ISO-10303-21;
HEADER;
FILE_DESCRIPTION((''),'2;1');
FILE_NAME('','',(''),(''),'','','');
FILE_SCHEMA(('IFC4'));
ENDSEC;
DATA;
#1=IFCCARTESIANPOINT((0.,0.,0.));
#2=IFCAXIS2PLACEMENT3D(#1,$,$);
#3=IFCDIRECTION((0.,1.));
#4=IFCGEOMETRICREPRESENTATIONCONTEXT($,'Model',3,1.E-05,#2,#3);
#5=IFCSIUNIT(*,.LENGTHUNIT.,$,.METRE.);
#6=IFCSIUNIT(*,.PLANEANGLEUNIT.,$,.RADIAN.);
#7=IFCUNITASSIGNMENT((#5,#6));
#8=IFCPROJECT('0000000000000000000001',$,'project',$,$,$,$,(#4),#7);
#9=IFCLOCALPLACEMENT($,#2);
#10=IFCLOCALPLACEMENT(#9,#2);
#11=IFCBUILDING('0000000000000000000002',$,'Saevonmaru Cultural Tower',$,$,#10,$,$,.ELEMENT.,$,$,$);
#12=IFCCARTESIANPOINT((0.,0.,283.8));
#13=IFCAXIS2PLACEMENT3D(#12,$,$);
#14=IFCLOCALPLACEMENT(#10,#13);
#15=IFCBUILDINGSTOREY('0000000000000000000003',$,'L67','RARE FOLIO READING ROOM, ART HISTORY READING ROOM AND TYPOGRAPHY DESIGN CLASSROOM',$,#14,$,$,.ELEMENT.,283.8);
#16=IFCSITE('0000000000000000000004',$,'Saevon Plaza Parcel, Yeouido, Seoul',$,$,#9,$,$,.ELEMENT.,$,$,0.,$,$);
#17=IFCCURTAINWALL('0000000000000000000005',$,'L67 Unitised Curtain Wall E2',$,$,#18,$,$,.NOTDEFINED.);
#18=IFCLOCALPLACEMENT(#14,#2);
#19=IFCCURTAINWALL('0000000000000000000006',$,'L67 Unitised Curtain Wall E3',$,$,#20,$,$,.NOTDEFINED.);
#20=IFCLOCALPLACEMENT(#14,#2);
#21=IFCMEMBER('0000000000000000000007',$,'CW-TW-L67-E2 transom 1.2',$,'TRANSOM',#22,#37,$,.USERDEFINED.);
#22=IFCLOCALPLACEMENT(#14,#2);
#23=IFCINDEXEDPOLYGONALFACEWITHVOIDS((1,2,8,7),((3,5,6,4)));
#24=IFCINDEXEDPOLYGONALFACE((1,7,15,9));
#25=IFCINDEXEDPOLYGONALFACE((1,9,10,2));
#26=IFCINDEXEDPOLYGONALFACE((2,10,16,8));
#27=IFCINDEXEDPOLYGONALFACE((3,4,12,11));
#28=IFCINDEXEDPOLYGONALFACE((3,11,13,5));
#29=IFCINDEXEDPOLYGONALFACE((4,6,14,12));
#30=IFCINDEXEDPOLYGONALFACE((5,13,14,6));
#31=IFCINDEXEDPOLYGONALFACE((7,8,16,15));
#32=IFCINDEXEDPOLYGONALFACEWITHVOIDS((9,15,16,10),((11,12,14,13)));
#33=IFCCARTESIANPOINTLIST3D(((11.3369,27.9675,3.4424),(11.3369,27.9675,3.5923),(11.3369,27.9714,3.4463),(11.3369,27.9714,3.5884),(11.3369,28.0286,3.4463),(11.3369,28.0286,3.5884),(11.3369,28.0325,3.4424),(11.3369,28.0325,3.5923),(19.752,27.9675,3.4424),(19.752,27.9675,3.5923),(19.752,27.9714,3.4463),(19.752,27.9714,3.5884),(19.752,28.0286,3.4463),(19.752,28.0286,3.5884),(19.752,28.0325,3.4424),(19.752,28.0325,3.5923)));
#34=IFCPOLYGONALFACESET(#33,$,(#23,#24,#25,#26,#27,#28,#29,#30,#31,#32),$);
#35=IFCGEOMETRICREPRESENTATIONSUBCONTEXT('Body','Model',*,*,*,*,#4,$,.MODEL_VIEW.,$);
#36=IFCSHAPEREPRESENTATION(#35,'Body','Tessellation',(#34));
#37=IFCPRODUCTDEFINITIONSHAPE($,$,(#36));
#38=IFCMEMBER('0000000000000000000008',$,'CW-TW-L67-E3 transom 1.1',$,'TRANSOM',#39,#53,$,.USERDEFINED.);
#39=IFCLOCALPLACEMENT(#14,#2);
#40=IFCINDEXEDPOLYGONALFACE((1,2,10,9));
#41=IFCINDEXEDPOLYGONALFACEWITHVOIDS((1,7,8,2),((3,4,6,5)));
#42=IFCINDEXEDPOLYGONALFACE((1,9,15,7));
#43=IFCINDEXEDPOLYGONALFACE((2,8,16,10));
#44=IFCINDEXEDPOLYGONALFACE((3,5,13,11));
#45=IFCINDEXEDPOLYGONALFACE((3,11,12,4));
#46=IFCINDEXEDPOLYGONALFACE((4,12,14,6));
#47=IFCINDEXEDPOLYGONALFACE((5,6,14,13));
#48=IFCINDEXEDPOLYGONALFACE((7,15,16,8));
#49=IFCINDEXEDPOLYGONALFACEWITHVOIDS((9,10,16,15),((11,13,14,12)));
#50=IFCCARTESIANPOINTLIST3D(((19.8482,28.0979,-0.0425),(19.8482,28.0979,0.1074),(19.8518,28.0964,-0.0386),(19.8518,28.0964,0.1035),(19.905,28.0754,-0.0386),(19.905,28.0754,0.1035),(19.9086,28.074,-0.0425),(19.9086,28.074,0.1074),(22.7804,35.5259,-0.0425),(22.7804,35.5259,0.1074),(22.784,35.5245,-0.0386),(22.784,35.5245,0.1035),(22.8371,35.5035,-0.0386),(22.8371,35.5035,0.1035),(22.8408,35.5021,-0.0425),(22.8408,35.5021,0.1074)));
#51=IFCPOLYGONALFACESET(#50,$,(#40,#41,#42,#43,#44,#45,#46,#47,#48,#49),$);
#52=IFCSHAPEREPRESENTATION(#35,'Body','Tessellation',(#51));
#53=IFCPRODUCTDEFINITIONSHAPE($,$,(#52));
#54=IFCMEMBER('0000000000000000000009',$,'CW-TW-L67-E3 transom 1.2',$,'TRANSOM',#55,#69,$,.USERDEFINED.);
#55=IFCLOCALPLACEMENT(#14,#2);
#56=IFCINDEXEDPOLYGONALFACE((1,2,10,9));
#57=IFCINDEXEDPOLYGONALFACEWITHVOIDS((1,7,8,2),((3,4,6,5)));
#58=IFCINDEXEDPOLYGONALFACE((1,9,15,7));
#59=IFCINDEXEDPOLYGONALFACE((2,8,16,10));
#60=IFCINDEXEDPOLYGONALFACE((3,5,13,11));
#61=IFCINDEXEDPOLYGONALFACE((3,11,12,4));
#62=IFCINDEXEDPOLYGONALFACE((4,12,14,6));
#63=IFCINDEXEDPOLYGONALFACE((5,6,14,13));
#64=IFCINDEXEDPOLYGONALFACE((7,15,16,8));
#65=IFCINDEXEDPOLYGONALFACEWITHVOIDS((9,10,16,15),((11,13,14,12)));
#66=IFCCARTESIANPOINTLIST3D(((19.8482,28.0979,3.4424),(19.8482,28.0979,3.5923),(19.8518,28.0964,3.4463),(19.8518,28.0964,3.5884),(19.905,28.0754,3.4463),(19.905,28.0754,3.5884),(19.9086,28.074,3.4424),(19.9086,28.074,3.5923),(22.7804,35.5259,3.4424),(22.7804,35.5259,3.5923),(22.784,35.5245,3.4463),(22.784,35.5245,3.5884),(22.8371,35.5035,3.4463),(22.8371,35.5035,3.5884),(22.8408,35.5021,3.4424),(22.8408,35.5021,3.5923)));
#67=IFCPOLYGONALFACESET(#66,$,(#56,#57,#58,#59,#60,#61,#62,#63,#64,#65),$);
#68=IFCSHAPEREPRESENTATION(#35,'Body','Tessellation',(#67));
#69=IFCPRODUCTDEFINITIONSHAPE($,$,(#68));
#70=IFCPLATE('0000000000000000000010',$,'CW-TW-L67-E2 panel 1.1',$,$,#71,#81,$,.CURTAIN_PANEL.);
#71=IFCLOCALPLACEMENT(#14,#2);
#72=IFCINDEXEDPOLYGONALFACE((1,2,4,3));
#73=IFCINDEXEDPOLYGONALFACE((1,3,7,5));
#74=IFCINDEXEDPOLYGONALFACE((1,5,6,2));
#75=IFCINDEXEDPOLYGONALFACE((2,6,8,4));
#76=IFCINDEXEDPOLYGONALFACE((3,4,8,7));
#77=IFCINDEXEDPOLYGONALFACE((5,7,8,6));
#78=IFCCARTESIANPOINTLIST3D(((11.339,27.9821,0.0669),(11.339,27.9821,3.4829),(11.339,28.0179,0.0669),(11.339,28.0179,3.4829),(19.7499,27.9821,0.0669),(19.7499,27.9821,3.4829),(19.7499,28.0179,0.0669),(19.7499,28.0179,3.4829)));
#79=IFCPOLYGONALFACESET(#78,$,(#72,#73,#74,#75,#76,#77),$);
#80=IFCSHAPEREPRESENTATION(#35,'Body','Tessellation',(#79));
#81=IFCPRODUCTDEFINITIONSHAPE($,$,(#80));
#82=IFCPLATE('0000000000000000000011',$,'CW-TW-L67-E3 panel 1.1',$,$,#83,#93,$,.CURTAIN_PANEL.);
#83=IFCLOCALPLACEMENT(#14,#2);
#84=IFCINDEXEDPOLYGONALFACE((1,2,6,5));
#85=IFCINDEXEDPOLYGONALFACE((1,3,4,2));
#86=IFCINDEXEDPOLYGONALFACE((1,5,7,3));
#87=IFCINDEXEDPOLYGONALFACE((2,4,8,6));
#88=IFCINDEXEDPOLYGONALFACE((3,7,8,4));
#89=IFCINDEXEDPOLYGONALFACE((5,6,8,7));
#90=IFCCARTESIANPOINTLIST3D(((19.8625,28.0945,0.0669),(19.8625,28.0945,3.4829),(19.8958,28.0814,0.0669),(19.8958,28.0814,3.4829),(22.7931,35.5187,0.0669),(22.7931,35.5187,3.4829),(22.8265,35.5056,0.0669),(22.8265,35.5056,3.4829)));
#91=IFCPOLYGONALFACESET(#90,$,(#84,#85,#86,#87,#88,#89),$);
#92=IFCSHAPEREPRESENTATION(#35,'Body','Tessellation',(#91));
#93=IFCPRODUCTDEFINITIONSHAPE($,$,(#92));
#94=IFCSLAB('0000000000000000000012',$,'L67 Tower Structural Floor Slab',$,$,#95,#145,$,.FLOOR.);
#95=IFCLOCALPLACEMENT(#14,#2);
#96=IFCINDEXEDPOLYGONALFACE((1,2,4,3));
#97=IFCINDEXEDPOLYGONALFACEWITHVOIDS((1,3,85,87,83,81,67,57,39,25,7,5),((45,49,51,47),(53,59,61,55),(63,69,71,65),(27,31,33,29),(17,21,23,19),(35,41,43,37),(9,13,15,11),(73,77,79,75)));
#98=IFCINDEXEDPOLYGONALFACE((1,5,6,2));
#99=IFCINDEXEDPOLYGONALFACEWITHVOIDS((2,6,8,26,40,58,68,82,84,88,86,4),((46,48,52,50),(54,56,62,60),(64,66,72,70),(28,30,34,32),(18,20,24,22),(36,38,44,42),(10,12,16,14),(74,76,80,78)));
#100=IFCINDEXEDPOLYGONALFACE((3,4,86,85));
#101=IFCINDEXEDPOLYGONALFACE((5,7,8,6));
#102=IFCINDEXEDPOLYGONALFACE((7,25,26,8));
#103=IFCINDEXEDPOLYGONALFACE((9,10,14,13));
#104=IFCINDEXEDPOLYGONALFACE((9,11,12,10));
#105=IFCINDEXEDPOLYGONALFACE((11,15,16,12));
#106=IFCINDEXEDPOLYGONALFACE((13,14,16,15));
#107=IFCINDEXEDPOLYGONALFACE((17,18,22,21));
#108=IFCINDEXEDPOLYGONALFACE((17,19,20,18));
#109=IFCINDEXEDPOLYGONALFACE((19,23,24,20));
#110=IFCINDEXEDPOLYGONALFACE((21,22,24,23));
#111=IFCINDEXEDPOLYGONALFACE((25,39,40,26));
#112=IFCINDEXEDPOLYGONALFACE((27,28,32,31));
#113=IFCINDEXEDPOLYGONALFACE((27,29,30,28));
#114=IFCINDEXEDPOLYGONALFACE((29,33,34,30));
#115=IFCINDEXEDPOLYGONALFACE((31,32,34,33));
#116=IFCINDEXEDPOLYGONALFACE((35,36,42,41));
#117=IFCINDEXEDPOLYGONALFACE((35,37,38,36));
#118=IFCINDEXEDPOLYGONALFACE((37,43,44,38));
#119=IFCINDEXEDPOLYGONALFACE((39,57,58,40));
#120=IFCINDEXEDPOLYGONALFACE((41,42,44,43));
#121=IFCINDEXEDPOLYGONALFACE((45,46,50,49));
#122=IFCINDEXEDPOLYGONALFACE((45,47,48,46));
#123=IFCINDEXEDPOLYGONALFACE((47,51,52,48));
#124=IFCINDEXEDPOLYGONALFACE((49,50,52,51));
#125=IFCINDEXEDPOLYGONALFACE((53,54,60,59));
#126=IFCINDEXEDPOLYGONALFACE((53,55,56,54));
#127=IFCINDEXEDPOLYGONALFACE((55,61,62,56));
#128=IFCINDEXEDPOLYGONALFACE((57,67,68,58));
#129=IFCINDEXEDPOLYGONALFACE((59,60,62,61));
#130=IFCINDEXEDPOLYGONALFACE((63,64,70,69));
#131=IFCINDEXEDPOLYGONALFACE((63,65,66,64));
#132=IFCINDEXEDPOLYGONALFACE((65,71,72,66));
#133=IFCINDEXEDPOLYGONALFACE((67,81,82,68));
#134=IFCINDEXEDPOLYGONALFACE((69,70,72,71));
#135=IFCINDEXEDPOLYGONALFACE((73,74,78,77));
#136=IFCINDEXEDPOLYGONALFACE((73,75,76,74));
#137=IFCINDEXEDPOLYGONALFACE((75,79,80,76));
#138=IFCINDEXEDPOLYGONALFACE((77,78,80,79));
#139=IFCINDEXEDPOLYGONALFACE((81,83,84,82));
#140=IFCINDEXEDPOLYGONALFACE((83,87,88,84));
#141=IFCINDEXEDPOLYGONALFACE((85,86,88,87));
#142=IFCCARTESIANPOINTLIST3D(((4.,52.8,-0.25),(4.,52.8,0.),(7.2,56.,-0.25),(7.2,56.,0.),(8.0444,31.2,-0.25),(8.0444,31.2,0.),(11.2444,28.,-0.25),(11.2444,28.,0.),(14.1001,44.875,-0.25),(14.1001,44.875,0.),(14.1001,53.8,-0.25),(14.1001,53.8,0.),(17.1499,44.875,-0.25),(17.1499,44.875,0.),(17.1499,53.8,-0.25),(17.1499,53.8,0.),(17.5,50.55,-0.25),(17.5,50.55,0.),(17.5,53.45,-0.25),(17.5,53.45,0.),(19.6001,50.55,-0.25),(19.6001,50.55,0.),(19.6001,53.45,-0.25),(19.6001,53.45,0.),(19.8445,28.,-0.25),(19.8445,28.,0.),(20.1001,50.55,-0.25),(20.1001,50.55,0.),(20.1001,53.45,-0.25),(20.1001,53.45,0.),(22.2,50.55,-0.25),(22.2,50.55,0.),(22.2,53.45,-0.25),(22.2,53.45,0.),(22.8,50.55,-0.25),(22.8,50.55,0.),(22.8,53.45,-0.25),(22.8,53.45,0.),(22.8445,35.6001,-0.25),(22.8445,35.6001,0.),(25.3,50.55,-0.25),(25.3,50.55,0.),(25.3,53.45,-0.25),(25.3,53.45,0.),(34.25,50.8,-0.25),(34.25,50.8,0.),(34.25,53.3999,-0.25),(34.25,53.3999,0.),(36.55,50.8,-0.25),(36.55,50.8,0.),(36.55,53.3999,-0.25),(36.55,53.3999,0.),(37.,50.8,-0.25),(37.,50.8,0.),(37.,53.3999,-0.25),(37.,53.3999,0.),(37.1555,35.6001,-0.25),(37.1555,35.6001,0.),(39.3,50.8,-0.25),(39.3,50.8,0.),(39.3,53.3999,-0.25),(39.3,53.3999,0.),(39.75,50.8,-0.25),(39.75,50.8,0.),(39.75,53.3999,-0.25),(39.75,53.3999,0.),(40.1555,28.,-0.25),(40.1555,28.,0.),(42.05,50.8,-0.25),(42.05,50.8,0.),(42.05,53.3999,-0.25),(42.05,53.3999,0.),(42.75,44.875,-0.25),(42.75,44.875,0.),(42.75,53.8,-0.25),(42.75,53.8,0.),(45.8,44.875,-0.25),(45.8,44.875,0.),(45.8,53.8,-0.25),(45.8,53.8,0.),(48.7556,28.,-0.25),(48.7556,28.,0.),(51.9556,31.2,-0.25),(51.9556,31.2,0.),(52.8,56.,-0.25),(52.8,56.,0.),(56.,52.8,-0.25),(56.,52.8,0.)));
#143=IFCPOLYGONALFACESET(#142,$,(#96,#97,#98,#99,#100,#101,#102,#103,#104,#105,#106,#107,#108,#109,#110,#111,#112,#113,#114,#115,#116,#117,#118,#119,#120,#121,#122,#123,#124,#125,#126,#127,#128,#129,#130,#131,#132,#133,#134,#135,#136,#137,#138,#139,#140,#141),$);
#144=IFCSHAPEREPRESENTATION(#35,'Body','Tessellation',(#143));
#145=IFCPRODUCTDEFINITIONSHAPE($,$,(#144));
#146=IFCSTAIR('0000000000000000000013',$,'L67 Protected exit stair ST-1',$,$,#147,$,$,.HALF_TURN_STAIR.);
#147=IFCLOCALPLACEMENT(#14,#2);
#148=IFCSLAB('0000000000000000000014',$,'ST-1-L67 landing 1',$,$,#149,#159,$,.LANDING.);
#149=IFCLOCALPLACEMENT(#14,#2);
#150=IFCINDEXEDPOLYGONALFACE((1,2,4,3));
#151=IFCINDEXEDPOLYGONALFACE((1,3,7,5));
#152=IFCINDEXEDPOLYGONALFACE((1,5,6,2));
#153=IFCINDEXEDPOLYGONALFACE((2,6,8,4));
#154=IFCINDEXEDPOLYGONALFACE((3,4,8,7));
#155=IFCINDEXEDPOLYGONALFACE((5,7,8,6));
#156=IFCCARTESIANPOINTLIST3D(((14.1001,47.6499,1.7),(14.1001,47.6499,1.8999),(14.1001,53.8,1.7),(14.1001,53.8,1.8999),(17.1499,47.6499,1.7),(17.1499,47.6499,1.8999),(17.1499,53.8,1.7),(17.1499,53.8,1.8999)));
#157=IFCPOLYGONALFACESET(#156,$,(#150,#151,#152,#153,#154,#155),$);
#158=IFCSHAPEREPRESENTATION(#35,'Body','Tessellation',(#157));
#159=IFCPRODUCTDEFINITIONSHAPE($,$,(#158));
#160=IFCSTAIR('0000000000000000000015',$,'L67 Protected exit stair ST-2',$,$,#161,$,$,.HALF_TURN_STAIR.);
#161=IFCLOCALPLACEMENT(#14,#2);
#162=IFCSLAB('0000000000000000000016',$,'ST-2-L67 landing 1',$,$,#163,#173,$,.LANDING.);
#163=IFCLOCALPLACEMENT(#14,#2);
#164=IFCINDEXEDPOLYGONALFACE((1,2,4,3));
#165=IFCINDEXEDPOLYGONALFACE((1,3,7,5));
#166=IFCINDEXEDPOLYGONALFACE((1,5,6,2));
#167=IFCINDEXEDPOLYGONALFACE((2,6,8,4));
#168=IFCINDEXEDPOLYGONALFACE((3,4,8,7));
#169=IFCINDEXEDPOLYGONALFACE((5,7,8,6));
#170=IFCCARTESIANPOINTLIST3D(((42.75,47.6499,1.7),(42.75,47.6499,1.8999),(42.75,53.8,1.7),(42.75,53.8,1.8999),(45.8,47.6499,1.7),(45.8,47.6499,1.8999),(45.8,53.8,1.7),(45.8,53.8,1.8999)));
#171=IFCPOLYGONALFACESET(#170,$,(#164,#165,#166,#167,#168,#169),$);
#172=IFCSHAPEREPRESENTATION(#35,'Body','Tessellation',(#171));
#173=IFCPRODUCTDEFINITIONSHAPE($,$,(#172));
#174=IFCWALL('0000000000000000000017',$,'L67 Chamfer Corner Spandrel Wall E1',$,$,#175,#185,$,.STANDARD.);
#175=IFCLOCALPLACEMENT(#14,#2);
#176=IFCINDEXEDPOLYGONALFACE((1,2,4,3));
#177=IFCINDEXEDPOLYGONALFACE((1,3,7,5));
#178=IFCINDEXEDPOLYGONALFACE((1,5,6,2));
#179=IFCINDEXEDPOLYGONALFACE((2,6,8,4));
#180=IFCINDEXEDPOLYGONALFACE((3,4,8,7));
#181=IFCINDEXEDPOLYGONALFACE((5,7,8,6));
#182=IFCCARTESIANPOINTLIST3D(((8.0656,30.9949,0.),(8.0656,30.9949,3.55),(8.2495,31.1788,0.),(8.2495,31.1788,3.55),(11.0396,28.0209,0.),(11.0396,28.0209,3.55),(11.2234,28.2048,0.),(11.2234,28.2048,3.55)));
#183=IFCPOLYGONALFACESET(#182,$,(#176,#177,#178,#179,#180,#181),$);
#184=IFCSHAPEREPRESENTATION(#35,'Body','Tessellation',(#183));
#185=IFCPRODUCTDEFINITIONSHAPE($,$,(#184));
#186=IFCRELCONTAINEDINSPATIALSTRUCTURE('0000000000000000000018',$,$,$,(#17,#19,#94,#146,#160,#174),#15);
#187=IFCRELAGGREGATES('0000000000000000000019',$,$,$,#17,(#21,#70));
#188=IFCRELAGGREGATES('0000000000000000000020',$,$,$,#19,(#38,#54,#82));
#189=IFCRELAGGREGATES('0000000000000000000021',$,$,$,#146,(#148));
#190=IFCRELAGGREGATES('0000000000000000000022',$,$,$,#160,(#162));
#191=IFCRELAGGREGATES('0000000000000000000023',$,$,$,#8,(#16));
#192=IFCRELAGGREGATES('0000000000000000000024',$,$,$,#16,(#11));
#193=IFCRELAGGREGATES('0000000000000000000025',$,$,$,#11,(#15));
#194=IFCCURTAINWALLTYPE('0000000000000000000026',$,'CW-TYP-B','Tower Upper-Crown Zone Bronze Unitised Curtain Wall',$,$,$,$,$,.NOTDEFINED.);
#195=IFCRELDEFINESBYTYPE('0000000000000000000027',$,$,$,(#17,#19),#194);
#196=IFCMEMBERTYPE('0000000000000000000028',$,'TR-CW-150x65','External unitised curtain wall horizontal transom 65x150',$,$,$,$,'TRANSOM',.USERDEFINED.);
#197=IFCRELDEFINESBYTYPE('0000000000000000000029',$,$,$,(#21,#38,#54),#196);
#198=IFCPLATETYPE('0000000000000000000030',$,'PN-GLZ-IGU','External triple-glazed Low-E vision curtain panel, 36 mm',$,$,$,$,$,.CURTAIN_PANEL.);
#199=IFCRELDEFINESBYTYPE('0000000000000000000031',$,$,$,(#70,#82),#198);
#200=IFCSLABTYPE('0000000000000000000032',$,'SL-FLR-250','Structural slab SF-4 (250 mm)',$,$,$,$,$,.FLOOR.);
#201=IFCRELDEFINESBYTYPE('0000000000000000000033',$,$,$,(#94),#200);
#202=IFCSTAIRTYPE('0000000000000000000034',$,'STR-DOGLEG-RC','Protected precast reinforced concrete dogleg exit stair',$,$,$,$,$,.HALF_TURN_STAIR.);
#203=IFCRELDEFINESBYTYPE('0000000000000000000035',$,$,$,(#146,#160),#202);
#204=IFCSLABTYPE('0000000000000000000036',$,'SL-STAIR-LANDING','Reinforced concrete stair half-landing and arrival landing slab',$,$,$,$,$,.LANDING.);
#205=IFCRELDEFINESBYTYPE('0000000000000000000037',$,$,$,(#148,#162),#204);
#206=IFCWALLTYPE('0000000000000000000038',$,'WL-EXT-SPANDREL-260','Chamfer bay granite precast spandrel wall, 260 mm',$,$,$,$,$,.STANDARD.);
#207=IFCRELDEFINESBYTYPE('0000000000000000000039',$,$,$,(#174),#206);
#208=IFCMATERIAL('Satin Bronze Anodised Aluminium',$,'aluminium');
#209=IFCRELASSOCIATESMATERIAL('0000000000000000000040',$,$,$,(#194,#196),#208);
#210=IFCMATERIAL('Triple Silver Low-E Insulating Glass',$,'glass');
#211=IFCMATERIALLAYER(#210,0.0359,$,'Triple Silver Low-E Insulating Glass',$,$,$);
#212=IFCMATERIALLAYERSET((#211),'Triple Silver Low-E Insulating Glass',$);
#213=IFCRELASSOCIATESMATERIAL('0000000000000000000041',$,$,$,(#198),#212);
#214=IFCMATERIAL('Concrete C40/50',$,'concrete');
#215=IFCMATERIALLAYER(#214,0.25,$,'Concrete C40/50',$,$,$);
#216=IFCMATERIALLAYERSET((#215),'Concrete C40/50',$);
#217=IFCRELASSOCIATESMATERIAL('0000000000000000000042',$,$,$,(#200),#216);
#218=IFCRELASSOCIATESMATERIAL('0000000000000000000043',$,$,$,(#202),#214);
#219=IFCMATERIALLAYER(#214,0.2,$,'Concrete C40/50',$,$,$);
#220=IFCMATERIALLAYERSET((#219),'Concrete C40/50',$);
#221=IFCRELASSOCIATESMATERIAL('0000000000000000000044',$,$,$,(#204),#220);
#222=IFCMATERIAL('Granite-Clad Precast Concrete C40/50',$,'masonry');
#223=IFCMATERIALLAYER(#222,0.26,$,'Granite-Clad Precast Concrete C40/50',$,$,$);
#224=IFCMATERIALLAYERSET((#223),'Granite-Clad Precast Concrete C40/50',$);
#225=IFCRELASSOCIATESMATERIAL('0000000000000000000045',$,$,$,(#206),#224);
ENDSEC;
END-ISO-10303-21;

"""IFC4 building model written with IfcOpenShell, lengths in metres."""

from ifc_helpers import new_model, si_unit, direction, frame, frame_2d, origin, origin_2d, place, context, subcontext, project, spatial, polyline, rectangle, hollow_rectangle, outline, extrude, material, layer, layer_set, material_profile, profile_set, type_object, element, aggregate, save


model = new_model("IFC4")

# Units and contexts
model_context = context("Model", 3, precision=1e-05, world=origin(), true_north=direction((0.0, 1.0)))
body_context = subcontext(model_context, "Body", "Model", "MODEL_VIEW")
ifc_project = project(units=[si_unit("LENGTHUNIT", "METRE"), si_unit("PLANEANGLEUNIT", "RADIAN")], contexts=[model_context])

# Site, building, storey
site_placement = place(None, origin())
site = spatial("IfcSite", under=ifc_project, at=site_placement, Name="Saevon Plaza Parcel, Yeouido, Seoul", CompositionType="ELEMENT", RefElevation=0.0)
building_placement = place(site_placement, origin())
building = spatial("IfcBuilding", under=site, at=building_placement, Name="Saevonmaru Cultural Tower", CompositionType="ELEMENT")
storey_placement = place(building_placement, frame((0.0, 0.0, 283.8)))
storey = spatial("IfcBuildingStorey", under=building, at=storey_placement, Name="L67", Description="RARE FOLIO READING ROOM, ART HISTORY READING ROOM AND TYPOGRAPHY DESIGN CLASSROOM", CompositionType="ELEMENT", Elevation=283.8)

# Curtain wall
ifc_material_1 = material(Name="Satin Bronze Anodised Aluminium", Category="aluminium")
curtain_wall_type = type_object("IfcCurtainWallType", Name="CW-TYP-B", Description="Tower Upper-Crown Zone Bronze Unitised Curtain Wall", PredefinedType="NOTDEFINED", material=ifc_material_1)
curtain_wall_1_placement = place(storey_placement, origin())
curtain_wall_1 = element("IfcCurtainWall", 1, at=curtain_wall_1_placement, inside=storey, type_object=curtain_wall_type, Name="L67 Unitised Curtain Wall E2", PredefinedType="NOTDEFINED")

# Curtain wall
curtain_wall_2_placement = place(storey_placement, origin())
curtain_wall_2 = element("IfcCurtainWall", 2, at=curtain_wall_2_placement, inside=storey, type_object=curtain_wall_type, Name="L67 Unitised Curtain Wall E3", PredefinedType="NOTDEFINED")

# Members
ifc_material_profile_1 = material_profile(ifc_material_1, hollow_rectangle(XDim=0.0649, YDim=0.1499, WallThickness=0.0039, at=origin_2d()), Name="ALU-TRAN-150x65x4")
ifc_profile_set_1 = profile_set([ifc_material_profile_1], Name="Satin Bronze Anodised Aluminium")
member_type_1 = type_object("IfcMemberType", Name="TR-CW-150x65", Description="External unitised curtain wall horizontal transom 65x150", ElementType="TRANSOM", PredefinedType="USERDEFINED", material=ifc_profile_set_1)
member_1_placement = place(storey_placement, frame((11.3369, 28.0, 3.5173), z_axis=(1.0, 0.0, 0.0), x_axis=(0.0, 1.0, 0.0)))
member_1 = element("IfcMember", 3, at=member_1_placement, type_object=member_type_1, Name="CW-TW-L67-E2 transom 1.2", ObjectType="TRANSOM", PredefinedType="USERDEFINED", context=body_context, shape_type="SweptSolid", body=[
    extrude(hollow_rectangle(XDim=0.0649, YDim=0.1499, WallThickness=0.0039, at=origin_2d()), origin(), (0.0, 0.0, 1.0), 8.415),
])
member_2_placement = place(storey_placement, frame((19.8784, 28.0859, 0.0325), z_axis=(0.36717, 0.930154, 0.0), x_axis=(-0.930154, 0.36717, 0.0)))
member_2 = element("IfcMember", 4, at=member_2_placement, type_object=member_type_1, Name="CW-TW-L67-E3 transom 1.1", ObjectType="TRANSOM", PredefinedType="USERDEFINED", context=body_context, shape_type="SweptSolid", body=[
    extrude(hollow_rectangle(XDim=0.0649, YDim=0.1499, WallThickness=0.0039, at=origin_2d()), origin(), (0.0, 0.0, 1.0), 7.9858),
])
member_3_placement = place(storey_placement, frame((19.8784, 28.0859, 3.5173), z_axis=(0.36717, 0.930154, 0.0), x_axis=(-0.930154, 0.36717, 0.0)))
member_3 = element("IfcMember", 5, at=member_3_placement, type_object=member_type_1, Name="CW-TW-L67-E3 transom 1.2", ObjectType="TRANSOM", PredefinedType="USERDEFINED", context=body_context, shape_type="SweptSolid", body=[
    extrude(hollow_rectangle(XDim=0.0649, YDim=0.1499, WallThickness=0.0039, at=origin_2d()), origin(), (0.0, 0.0, 1.0), 7.9858),
])

# Plates
ifc_material_2 = material(Name="Triple Silver Low-E Insulating Glass", Category="glass")
ifc_layer_1 = layer(ifc_material_2, 0.0359, Name="Triple Silver Low-E Insulating Glass")
ifc_layer_set_1 = layer_set([ifc_layer_1], Name="Triple Silver Low-E Insulating Glass")
plate_type = type_object("IfcPlateType", Name="PN-GLZ-IGU", Description="External triple-glazed Low-E vision curtain panel, 36 mm", PredefinedType="CURTAIN_PANEL", material=ifc_layer_set_1)
plate_1_placement = place(storey_placement, frame((15.5444, 28.0, 0.0669), z_axis=(0.0, 0.0, 1.0), x_axis=(1.0, 0.0, 0.0)))
plate_1 = element("IfcPlate", 6, at=plate_1_placement, type_object=plate_type, Name="CW-TW-L67-E2 panel 1.1", PredefinedType="CURTAIN_PANEL", context=body_context, shape_type="SweptSolid", body=[
    extrude(rectangle(XDim=8.4109, YDim=0.0359, at=origin_2d()), origin(), (0.0, 0.0, 1.0), 3.416),
])
aggregate(curtain_wall_1, [member_1, plate_1])
plate_2_placement = place(storey_placement, frame((21.3445, 31.8, 0.0669), z_axis=(0.0, 0.0, 1.0), x_axis=(0.367172, 0.930153, 0.0)))
plate_2 = element("IfcPlate", 7, at=plate_2_placement, type_object=plate_type, Name="CW-TW-L67-E3 panel 1.1", PredefinedType="CURTAIN_PANEL", context=body_context, shape_type="SweptSolid", body=[
    extrude(rectangle(XDim=7.9817, YDim=0.0359, at=origin_2d()), origin(), (0.0, 0.0, 1.0), 3.416),
])
aggregate(curtain_wall_2, [member_2, member_3, plate_2])

# Slab
ifc_material_3 = material(Name="Concrete C40/50", Category="concrete")
ifc_layer_2 = layer(ifc_material_3, 0.25, Name="Concrete C40/50")
ifc_layer_set_2 = layer_set([ifc_layer_2], Name="Concrete C40/50")
slab_type_1 = type_object("IfcSlabType", Name="SL-FLR-250", Description="Structural slab SF-4 (250 mm)", PredefinedType="FLOOR", material=ifc_layer_set_2)
slab_1_placement = place(storey_placement, frame((0.0, 0.0, -0.25)))
element("IfcSlab", 8, at=slab_1_placement, inside=storey, type_object=slab_type_1, Name="L67 Tower Structural Floor Slab", PredefinedType="FLOOR", context=body_context, shape_type="SweptSolid", body=[
    extrude(outline(polyline([(8.0444, 31.2), (11.2444, 28.0), (19.8445, 28.0), (22.8445, 35.6001), (37.1555, 35.6001), (40.1555, 28.0), (48.7556, 28.0), (51.9556, 31.2), (56.0, 52.8), (52.8, 56.0), (7.2, 56.0), (4.0, 52.8), (8.0444, 31.2)]), holes=[polyline([(45.8, 53.8), (45.8, 44.875), (42.75, 44.875), (42.75, 53.8), (45.8, 53.8)]), polyline([(42.05, 50.8), (39.75, 50.8), (39.75, 53.3999), (42.05, 53.3999), (42.05, 50.8)]), polyline([(39.3, 50.8), (37.0, 50.8), (37.0, 53.3999), (39.3, 53.3999), (39.3, 50.8)]), polyline([(36.55, 50.8), (34.25, 50.8), (34.25, 53.3999), (36.55, 53.3999), (36.55, 50.8)]), polyline([(25.3, 50.55), (22.8, 50.55), (22.8, 53.45), (25.3, 53.45), (25.3, 50.55)]), polyline([(22.2, 50.55), (20.1001, 50.55), (20.1001, 53.45), (22.2, 53.45), (22.2, 50.55)]), polyline([(19.6001, 50.55), (17.5, 50.55), (17.5, 53.45), (19.6001, 53.45), (19.6001, 50.55)]), polyline([(17.1499, 53.8), (17.1499, 44.875), (14.1001, 44.875), (14.1001, 53.8), (17.1499, 53.8)])]), origin(), (0.0, 0.0, 1.0), 0.25),
])

# Stairs, slabs
stair_type = type_object("IfcStairType", Name="STR-DOGLEG-RC", Description="Protected precast reinforced concrete dogleg exit stair", PredefinedType="HALF_TURN_STAIR", material=ifc_material_3)
stair_1_placement = place(storey_placement, origin())
stair_1 = element("IfcStair", 9, at=stair_1_placement, inside=storey, type_object=stair_type, Name="L67 Protected exit stair ST-1", PredefinedType="HALF_TURN_STAIR")
ifc_layer_3 = layer(ifc_material_3, 0.2, Name="Concrete C40/50")
ifc_layer_set_3 = layer_set([ifc_layer_3], Name="Concrete C40/50")
slab_type_2 = type_object("IfcSlabType", Name="SL-STAIR-LANDING", Description="Reinforced concrete stair half-landing and arrival landing slab", PredefinedType="LANDING", material=ifc_layer_set_3)
slab_2_placement = place(storey_placement, frame((0.0, 0.0, 1.7)))
slab_2 = element("IfcSlab", 10, at=slab_2_placement, type_object=slab_type_2, Name="ST-1-L67 landing 1", PredefinedType="LANDING", context=body_context, shape_type="SweptSolid", body=[
    extrude(outline(polyline([(17.1499, 47.6499), (17.1499, 53.8), (14.1001, 53.8), (14.1001, 47.6499), (17.1499, 47.6499)])), origin(), (0.0, 0.0, 1.0), 0.2),
])
aggregate(stair_1, [slab_2])
stair_2_placement = place(storey_placement, origin())
stair_2 = element("IfcStair", 11, at=stair_2_placement, inside=storey, type_object=stair_type, Name="L67 Protected exit stair ST-2", PredefinedType="HALF_TURN_STAIR")
slab_3_placement = place(storey_placement, frame((0.0, 0.0, 1.7)))
slab_3 = element("IfcSlab", 12, at=slab_3_placement, type_object=slab_type_2, Name="ST-2-L67 landing 1", PredefinedType="LANDING", context=body_context, shape_type="SweptSolid", body=[
    extrude(outline(polyline([(45.8, 47.6499), (45.8, 53.8), (42.75, 53.8), (42.75, 47.6499), (45.8, 47.6499)])), origin(), (0.0, 0.0, 1.0), 0.2),
])
aggregate(stair_2, [slab_3])

# Wall
ifc_material_4 = material(Name="Granite-Clad Precast Concrete C40/50", Category="masonry")
ifc_layer_4 = layer(ifc_material_4, 0.26, Name="Granite-Clad Precast Concrete C40/50")
ifc_layer_set_4 = layer_set([ifc_layer_4], Name="Granite-Clad Precast Concrete C40/50")
wall_type_1 = type_object("IfcWallType", Name="WL-EXT-SPANDREL-260", Description="Chamfer bay granite precast spandrel wall, 260 mm", PredefinedType="STANDARD", material=ifc_layer_set_4)
wall_1_placement = place(storey_placement, frame((8.1575, 31.0869, 0.0), z_axis=(0.0, 0.0, 1.0), x_axis=(0.707107, -0.707107, 0.0)))
element("IfcWall", 13, at=wall_1_placement, inside=storey, type_object=wall_type_1, Name="L67 Chamfer Corner Spandrel Wall E1", PredefinedType="STANDARD", context=body_context, shape_type="SweptSolid", body=[
    extrude(rectangle(XDim=4.2058, YDim=0.26, at=frame_2d((2.103, 0.0))), origin(), (0.0, 0.0, 1.0), 3.55),
])

save(model, "model.ifc")
